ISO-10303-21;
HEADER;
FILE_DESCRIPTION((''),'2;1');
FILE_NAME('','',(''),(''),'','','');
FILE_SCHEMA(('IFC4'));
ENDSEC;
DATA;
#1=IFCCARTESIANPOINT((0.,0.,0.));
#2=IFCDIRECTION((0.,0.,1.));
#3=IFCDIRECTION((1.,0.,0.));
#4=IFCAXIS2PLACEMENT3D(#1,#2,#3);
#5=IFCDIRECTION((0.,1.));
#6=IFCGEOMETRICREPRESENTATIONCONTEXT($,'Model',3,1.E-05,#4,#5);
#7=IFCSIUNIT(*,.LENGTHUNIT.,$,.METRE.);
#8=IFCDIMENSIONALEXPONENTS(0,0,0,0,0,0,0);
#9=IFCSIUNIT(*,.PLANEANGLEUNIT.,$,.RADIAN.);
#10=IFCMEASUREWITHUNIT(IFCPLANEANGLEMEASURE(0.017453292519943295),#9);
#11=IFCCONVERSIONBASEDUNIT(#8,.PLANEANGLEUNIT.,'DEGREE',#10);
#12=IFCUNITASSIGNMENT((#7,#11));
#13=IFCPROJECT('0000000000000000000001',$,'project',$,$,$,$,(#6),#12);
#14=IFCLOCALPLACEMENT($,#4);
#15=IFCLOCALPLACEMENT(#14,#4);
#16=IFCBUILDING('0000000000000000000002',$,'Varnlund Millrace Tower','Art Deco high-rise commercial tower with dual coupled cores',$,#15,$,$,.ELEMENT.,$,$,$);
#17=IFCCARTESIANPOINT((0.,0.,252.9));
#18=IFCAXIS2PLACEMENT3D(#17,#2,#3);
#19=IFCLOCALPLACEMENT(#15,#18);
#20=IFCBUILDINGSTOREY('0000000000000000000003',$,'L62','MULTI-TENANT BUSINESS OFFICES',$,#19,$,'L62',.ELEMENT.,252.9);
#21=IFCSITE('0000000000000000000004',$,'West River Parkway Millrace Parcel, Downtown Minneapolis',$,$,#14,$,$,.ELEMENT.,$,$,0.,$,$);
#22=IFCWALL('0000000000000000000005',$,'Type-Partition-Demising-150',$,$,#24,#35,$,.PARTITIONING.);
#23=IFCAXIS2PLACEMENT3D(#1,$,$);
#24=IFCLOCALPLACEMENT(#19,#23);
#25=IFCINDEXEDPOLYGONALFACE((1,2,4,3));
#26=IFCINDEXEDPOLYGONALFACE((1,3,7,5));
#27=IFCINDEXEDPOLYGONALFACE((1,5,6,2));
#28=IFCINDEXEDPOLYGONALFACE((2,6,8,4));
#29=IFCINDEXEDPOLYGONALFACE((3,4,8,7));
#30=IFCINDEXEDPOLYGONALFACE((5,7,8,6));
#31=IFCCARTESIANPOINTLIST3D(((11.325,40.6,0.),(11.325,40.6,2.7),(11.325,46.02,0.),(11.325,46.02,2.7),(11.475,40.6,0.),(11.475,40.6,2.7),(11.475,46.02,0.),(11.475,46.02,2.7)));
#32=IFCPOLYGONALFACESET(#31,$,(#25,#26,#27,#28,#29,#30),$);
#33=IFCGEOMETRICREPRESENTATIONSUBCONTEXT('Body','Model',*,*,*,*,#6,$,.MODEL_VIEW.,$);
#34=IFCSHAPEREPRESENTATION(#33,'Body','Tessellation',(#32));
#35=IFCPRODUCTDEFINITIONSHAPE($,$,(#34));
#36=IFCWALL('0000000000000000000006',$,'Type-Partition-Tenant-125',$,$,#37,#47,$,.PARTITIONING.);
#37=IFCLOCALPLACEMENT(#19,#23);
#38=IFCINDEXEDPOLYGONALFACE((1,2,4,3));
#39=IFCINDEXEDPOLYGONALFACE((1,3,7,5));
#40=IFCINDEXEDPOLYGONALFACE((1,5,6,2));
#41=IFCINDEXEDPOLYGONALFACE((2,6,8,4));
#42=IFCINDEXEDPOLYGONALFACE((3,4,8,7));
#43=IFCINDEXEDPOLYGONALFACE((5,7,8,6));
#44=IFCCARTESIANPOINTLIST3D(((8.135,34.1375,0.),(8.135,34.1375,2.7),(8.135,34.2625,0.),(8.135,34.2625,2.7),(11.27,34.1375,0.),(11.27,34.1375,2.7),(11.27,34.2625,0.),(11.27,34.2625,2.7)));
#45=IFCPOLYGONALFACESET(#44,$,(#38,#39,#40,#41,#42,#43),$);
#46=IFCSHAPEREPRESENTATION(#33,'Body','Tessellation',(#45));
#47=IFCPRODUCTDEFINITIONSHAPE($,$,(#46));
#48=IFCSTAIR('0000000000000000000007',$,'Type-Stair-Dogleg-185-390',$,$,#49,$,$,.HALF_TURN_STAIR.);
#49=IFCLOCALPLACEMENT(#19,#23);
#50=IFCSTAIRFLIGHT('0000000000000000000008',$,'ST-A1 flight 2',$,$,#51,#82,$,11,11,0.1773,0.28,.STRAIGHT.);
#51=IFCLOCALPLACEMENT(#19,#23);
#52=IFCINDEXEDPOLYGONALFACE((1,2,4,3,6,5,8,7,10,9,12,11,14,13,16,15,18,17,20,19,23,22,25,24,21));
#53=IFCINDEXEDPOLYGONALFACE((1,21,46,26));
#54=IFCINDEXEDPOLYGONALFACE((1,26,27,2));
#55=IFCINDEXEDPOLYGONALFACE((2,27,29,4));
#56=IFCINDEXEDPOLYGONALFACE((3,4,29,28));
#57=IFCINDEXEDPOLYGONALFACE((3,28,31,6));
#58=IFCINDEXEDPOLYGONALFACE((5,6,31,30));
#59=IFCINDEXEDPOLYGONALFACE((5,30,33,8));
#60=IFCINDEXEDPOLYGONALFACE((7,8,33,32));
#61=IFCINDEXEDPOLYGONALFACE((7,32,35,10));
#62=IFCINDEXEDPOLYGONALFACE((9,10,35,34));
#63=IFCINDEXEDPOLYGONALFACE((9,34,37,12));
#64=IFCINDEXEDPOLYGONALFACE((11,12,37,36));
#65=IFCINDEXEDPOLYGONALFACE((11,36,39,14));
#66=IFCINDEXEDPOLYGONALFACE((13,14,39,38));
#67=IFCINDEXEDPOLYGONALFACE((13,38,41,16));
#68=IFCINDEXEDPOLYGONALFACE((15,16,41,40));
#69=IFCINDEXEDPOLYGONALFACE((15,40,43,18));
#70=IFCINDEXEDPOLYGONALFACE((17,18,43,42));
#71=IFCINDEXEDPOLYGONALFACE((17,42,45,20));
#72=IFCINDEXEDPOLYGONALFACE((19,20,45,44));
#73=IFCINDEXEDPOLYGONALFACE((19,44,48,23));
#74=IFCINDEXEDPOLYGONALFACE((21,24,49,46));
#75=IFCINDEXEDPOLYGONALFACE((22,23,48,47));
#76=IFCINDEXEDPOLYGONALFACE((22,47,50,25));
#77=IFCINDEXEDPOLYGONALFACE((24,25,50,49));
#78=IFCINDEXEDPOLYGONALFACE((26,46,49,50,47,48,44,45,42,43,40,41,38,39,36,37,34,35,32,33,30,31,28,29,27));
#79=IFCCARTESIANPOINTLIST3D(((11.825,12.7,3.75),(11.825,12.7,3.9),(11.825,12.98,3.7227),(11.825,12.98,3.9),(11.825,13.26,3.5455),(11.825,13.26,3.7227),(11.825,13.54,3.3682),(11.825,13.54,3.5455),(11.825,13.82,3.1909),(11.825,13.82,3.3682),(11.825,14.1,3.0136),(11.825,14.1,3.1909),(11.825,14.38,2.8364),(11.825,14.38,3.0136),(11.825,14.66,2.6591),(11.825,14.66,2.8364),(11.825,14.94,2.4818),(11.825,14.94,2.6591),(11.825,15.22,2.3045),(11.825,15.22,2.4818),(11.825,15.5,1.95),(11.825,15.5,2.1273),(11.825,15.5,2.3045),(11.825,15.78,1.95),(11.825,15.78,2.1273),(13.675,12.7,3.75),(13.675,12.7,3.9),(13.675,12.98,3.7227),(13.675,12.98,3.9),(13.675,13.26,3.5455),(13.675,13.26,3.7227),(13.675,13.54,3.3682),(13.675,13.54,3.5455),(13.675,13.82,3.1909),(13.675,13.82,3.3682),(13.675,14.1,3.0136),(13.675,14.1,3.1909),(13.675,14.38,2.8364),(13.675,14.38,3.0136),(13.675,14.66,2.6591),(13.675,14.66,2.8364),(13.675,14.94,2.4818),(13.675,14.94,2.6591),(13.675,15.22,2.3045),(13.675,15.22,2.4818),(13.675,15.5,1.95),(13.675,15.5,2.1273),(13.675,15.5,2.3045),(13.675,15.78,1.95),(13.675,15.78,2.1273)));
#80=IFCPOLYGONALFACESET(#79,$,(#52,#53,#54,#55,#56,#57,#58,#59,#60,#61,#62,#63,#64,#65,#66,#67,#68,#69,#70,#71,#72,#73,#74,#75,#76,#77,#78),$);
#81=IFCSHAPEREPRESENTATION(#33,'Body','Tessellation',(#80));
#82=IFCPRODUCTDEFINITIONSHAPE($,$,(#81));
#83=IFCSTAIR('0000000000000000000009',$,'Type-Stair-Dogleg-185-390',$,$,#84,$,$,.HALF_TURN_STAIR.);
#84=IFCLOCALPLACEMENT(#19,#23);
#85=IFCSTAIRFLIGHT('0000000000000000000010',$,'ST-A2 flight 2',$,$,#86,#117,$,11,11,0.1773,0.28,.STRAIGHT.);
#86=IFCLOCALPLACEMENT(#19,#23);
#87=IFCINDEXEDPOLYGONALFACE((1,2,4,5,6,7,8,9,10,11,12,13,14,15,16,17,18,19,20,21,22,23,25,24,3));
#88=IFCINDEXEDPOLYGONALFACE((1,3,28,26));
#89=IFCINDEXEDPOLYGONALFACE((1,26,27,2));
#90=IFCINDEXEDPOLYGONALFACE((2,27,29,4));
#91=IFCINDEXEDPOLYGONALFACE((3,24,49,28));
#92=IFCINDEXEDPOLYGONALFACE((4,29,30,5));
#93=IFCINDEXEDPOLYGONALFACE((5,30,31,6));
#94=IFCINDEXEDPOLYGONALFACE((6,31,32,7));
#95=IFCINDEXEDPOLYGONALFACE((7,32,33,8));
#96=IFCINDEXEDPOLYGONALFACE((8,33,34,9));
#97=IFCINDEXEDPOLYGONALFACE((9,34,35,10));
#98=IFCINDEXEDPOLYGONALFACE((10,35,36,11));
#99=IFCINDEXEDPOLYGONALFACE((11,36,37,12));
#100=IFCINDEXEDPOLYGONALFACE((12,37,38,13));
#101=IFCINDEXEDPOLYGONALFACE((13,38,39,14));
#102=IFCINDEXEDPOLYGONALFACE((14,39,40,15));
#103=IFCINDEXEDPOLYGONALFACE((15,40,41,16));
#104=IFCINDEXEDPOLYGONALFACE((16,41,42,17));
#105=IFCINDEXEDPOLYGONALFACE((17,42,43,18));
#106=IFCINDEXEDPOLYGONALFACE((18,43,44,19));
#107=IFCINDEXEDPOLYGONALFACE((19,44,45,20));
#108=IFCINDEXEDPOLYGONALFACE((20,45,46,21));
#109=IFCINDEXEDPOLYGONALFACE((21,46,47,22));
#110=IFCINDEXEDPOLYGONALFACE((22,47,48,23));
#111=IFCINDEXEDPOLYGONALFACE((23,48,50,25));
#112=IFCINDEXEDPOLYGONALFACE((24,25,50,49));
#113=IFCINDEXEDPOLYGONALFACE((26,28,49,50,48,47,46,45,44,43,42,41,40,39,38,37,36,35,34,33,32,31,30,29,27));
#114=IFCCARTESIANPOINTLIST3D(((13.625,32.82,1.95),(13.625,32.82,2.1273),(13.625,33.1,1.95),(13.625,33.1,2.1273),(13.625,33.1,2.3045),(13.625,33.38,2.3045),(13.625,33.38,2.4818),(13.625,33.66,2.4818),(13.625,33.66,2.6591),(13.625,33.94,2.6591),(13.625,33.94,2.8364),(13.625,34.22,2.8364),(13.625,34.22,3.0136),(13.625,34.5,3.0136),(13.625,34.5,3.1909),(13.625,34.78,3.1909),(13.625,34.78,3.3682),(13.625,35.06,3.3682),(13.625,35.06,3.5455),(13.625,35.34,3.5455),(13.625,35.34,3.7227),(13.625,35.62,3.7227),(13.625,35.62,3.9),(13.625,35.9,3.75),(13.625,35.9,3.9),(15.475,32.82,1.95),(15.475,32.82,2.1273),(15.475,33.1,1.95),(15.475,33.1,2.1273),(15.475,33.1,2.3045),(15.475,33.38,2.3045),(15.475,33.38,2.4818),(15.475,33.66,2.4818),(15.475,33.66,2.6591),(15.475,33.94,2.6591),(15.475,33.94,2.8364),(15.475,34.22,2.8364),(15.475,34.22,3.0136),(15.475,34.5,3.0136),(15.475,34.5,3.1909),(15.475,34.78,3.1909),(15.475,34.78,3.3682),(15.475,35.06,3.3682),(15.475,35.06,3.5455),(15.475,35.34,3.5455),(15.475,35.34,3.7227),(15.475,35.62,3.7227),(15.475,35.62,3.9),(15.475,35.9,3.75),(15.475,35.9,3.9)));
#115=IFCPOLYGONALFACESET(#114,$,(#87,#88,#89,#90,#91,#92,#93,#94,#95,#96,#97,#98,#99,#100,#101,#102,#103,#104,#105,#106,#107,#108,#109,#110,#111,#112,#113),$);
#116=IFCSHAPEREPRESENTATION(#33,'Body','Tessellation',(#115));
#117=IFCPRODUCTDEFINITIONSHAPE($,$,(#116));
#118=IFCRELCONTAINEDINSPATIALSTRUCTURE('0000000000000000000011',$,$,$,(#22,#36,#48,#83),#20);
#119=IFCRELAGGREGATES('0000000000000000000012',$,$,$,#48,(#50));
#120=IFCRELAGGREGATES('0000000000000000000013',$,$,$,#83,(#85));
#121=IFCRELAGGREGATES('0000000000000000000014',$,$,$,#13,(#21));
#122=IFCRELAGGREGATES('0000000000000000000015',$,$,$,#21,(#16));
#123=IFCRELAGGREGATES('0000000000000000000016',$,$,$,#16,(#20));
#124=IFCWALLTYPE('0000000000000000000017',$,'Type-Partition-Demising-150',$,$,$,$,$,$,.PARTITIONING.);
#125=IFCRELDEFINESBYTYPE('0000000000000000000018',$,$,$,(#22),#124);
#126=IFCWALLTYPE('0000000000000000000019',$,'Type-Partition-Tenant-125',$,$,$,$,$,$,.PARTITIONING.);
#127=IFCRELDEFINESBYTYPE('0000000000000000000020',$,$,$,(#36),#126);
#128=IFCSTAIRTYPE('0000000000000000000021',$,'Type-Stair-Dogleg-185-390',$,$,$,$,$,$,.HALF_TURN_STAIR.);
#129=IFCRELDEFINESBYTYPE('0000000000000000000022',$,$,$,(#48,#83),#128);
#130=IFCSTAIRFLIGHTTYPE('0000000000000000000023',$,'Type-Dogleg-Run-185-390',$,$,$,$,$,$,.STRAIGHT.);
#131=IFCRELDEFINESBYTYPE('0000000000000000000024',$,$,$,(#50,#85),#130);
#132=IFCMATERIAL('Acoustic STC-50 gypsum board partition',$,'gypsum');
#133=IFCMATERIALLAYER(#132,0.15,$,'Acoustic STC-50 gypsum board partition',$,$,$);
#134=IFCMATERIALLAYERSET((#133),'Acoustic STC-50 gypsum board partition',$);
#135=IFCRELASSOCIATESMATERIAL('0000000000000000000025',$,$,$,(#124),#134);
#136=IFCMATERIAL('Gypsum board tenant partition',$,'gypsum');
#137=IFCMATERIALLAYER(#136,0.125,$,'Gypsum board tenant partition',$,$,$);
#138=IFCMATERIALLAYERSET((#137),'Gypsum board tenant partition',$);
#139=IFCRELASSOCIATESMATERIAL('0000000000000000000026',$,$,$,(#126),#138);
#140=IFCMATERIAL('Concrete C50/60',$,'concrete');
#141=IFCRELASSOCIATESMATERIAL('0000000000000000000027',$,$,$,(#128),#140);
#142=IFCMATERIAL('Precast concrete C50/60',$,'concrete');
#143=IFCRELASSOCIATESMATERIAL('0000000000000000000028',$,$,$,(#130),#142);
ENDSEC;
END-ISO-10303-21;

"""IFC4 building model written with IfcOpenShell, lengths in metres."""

from ifc_helpers import new_model, entity, si_unit, converted_unit, direction, frame, origin_with_axes, place, context, subcontext, project, spatial, polyline, outline, extrude, material, layer, layer_set, type_object, element, aggregate, save


model = new_model("IFC4")

# Units and contexts
model_context = context("Model", 3, precision=1e-05, world=origin_with_axes(), true_north=direction((0.0, 1.0)))
body_context = subcontext(model_context, "Body", "Model", "MODEL_VIEW")
ifc_project = project(units=[si_unit("LENGTHUNIT", "METRE"), converted_unit("PLANEANGLEUNIT", "DEGREE", entity("IfcPlaneAngleMeasure", 0.017453292519943295), si_unit("PLANEANGLEUNIT", "RADIAN"), dimensions=[0, 0, 0, 0, 0, 0, 0])], contexts=[model_context])

# Site, building, storey
site_placement = place(None, origin_with_axes())
site = spatial("IfcSite", under=ifc_project, at=site_placement, Name="West River Parkway Millrace Parcel, Downtown Minneapolis", CompositionType="ELEMENT", RefElevation=0.0)
building_placement = place(site_placement, origin_with_axes())
building = spatial("IfcBuilding", under=site, at=building_placement, Name="Varnlund Millrace Tower", Description="Art Deco high-rise commercial tower with dual coupled cores", CompositionType="ELEMENT")
storey_placement = place(building_placement, frame((0.0, 0.0, 252.9), z_axis=(0.0, 0.0, 1.0), x_axis=(1.0, 0.0, 0.0)))
storey = spatial("IfcBuildingStorey", under=building, at=storey_placement, Name="L62", Description="MULTI-TENANT BUSINESS OFFICES", LongName="L62", CompositionType="ELEMENT", Elevation=252.9)

# Shared definitions
ifc_material_1 = material(Name="Precast concrete C50/60", Category="concrete")

# Walls
ifc_material_2 = material(Name="Acoustic STC-50 gypsum board partition", Category="gypsum")
ifc_layer_1 = layer(ifc_material_2, 0.15, Name="Acoustic STC-50 gypsum board partition")
ifc_layer_set_1 = layer_set([ifc_layer_1], Name="Acoustic STC-50 gypsum board partition")
wall_type_1 = type_object("IfcWallType", Name="Type-Partition-Demising-150", PredefinedType="PARTITIONING", material=ifc_layer_set_1)
wall_1_placement = place(storey_placement, frame((11.4, 40.6, 0.0), z_axis=(0.0, 0.0, 1.0), x_axis=(0.0, 1.0, 0.0)))
element("IfcWall", 1, at=wall_1_placement, inside=storey, type_object=wall_type_1, Name="Type-Partition-Demising-150", PredefinedType="PARTITIONING", context=body_context, shape_type="SweptSolid", body=[
    extrude(outline(polyline([(0.0, -0.075), (5.42, -0.075), (5.42, 0.075), (0.0, 0.075), (0.0, -0.075)])), origin_with_axes(), (0.0, 0.0, 1.0), 2.7),
])
ifc_material_3 = material(Name="Gypsum board tenant partition", Category="gypsum")
ifc_layer_2 = layer(ifc_material_3, 0.125, Name="Gypsum board tenant partition")
ifc_layer_set_2 = layer_set([ifc_layer_2], Name="Gypsum board tenant partition")
wall_type_2 = type_object("IfcWallType", Name="Type-Partition-Tenant-125", PredefinedType="PARTITIONING", material=ifc_layer_set_2)
wall_2_placement = place(storey_placement, frame((8.135, 34.2, 0.0), z_axis=(0.0, 0.0, 1.0), x_axis=(1.0, 0.0, 0.0)))
element("IfcWall", 2, at=wall_2_placement, inside=storey, type_object=wall_type_2, Name="Type-Partition-Tenant-125", PredefinedType="PARTITIONING", context=body_context, shape_type="SweptSolid", body=[
    extrude(outline(polyline([(0.0, -0.0625), (3.135, -0.0625), (3.135, 0.0625), (0.0, 0.0625), (0.0, -0.0625)])), origin_with_axes(), (0.0, 0.0, 1.0), 2.7),
])

# Stairs, stair flights
ifc_material_4 = material(Name="Concrete C50/60", Category="concrete")
stair_type = type_object("IfcStairType", Name="Type-Stair-Dogleg-185-390", PredefinedType="HALF_TURN_STAIR", material=ifc_material_4)
stair_1_placement = place(storey_placement, origin_with_axes())
stair_1 = element("IfcStair", 3, at=stair_1_placement, inside=storey, type_object=stair_type, Name="Type-Stair-Dogleg-185-390", PredefinedType="HALF_TURN_STAIR")
stair_flight_type = type_object("IfcStairFlightType", Name="Type-Dogleg-Run-185-390", PredefinedType="STRAIGHT", material=ifc_material_1)
stair_flight_1_placement = place(storey_placement, frame((13.675, 15.78, 1.95), z_axis=(-1.0, 0.0, 0.0), x_axis=(0.0, -1.0, 0.0)))
stair_flight_1 = element("IfcStairFlight", 4, at=stair_flight_1_placement, type_object=stair_flight_type, Name="ST-A1 flight 2", NumberOfRisers=11, NumberOfTreads=11, PredefinedType="STRAIGHT", RiserHeight=0.1773, TreadLength=0.28, context=body_context, shape_type="SweptSolid", body=[
    extrude(outline(polyline([(0.0, 0.0), (0.0, 0.1773), (0.28, 0.1773), (0.28, 0.3545), (0.56, 0.3545), (0.56, 0.5318), (0.84, 0.5318), (0.84, 0.7091), (1.12, 0.7091), (1.12, 0.8864), (1.4, 0.8864), (1.4, 1.0636), (1.68, 1.0636), (1.68, 1.2409), (1.96, 1.2409), (1.96, 1.4182), (2.24, 1.4182), (2.24, 1.5955), (2.52, 1.5955), (2.52, 1.7727), (2.8, 1.7727), (2.8, 1.95), (3.08, 1.95), (3.08, 1.8), (0.28, 0.0), (0.0, 0.0)])), origin_with_axes(), (0.0, 0.0, 1.0), 1.85),
])
aggregate(stair_1, [stair_flight_1])
stair_2_placement = place(storey_placement, origin_with_axes())
stair_2 = element("IfcStair", 5, at=stair_2_placement, inside=storey, type_object=stair_type, Name="Type-Stair-Dogleg-185-390", PredefinedType="HALF_TURN_STAIR")
stair_flight_2_placement = place(storey_placement, frame((13.625, 32.82, 1.95), z_axis=(1.0, 0.0, 0.0), x_axis=(0.0, 1.0, 0.0)))
stair_flight_2 = element("IfcStairFlight", 6, at=stair_flight_2_placement, type_object=stair_flight_type, Name="ST-A2 flight 2", NumberOfRisers=11, NumberOfTreads=11, PredefinedType="STRAIGHT", RiserHeight=0.1773, TreadLength=0.28, context=body_context, shape_type="SweptSolid", body=[
    extrude(outline(polyline([(0.0, 0.0), (0.0, 0.1773), (0.28, 0.1773), (0.28, 0.3545), (0.56, 0.3545), (0.56, 0.5318), (0.84, 0.5318), (0.84, 0.7091), (1.12, 0.7091), (1.12, 0.8864), (1.4, 0.8864), (1.4, 1.0636), (1.68, 1.0636), (1.68, 1.2409), (1.96, 1.2409), (1.96, 1.4182), (2.24, 1.4182), (2.24, 1.5955), (2.52, 1.5955), (2.52, 1.7727), (2.8, 1.7727), (2.8, 1.95), (3.08, 1.95), (3.08, 1.8), (0.28, 0.0), (0.0, 0.0)])), origin_with_axes(), (0.0, 0.0, 1.0), 1.85),
])
aggregate(stair_2, [stair_flight_2])

save(model, "model.ifc")
